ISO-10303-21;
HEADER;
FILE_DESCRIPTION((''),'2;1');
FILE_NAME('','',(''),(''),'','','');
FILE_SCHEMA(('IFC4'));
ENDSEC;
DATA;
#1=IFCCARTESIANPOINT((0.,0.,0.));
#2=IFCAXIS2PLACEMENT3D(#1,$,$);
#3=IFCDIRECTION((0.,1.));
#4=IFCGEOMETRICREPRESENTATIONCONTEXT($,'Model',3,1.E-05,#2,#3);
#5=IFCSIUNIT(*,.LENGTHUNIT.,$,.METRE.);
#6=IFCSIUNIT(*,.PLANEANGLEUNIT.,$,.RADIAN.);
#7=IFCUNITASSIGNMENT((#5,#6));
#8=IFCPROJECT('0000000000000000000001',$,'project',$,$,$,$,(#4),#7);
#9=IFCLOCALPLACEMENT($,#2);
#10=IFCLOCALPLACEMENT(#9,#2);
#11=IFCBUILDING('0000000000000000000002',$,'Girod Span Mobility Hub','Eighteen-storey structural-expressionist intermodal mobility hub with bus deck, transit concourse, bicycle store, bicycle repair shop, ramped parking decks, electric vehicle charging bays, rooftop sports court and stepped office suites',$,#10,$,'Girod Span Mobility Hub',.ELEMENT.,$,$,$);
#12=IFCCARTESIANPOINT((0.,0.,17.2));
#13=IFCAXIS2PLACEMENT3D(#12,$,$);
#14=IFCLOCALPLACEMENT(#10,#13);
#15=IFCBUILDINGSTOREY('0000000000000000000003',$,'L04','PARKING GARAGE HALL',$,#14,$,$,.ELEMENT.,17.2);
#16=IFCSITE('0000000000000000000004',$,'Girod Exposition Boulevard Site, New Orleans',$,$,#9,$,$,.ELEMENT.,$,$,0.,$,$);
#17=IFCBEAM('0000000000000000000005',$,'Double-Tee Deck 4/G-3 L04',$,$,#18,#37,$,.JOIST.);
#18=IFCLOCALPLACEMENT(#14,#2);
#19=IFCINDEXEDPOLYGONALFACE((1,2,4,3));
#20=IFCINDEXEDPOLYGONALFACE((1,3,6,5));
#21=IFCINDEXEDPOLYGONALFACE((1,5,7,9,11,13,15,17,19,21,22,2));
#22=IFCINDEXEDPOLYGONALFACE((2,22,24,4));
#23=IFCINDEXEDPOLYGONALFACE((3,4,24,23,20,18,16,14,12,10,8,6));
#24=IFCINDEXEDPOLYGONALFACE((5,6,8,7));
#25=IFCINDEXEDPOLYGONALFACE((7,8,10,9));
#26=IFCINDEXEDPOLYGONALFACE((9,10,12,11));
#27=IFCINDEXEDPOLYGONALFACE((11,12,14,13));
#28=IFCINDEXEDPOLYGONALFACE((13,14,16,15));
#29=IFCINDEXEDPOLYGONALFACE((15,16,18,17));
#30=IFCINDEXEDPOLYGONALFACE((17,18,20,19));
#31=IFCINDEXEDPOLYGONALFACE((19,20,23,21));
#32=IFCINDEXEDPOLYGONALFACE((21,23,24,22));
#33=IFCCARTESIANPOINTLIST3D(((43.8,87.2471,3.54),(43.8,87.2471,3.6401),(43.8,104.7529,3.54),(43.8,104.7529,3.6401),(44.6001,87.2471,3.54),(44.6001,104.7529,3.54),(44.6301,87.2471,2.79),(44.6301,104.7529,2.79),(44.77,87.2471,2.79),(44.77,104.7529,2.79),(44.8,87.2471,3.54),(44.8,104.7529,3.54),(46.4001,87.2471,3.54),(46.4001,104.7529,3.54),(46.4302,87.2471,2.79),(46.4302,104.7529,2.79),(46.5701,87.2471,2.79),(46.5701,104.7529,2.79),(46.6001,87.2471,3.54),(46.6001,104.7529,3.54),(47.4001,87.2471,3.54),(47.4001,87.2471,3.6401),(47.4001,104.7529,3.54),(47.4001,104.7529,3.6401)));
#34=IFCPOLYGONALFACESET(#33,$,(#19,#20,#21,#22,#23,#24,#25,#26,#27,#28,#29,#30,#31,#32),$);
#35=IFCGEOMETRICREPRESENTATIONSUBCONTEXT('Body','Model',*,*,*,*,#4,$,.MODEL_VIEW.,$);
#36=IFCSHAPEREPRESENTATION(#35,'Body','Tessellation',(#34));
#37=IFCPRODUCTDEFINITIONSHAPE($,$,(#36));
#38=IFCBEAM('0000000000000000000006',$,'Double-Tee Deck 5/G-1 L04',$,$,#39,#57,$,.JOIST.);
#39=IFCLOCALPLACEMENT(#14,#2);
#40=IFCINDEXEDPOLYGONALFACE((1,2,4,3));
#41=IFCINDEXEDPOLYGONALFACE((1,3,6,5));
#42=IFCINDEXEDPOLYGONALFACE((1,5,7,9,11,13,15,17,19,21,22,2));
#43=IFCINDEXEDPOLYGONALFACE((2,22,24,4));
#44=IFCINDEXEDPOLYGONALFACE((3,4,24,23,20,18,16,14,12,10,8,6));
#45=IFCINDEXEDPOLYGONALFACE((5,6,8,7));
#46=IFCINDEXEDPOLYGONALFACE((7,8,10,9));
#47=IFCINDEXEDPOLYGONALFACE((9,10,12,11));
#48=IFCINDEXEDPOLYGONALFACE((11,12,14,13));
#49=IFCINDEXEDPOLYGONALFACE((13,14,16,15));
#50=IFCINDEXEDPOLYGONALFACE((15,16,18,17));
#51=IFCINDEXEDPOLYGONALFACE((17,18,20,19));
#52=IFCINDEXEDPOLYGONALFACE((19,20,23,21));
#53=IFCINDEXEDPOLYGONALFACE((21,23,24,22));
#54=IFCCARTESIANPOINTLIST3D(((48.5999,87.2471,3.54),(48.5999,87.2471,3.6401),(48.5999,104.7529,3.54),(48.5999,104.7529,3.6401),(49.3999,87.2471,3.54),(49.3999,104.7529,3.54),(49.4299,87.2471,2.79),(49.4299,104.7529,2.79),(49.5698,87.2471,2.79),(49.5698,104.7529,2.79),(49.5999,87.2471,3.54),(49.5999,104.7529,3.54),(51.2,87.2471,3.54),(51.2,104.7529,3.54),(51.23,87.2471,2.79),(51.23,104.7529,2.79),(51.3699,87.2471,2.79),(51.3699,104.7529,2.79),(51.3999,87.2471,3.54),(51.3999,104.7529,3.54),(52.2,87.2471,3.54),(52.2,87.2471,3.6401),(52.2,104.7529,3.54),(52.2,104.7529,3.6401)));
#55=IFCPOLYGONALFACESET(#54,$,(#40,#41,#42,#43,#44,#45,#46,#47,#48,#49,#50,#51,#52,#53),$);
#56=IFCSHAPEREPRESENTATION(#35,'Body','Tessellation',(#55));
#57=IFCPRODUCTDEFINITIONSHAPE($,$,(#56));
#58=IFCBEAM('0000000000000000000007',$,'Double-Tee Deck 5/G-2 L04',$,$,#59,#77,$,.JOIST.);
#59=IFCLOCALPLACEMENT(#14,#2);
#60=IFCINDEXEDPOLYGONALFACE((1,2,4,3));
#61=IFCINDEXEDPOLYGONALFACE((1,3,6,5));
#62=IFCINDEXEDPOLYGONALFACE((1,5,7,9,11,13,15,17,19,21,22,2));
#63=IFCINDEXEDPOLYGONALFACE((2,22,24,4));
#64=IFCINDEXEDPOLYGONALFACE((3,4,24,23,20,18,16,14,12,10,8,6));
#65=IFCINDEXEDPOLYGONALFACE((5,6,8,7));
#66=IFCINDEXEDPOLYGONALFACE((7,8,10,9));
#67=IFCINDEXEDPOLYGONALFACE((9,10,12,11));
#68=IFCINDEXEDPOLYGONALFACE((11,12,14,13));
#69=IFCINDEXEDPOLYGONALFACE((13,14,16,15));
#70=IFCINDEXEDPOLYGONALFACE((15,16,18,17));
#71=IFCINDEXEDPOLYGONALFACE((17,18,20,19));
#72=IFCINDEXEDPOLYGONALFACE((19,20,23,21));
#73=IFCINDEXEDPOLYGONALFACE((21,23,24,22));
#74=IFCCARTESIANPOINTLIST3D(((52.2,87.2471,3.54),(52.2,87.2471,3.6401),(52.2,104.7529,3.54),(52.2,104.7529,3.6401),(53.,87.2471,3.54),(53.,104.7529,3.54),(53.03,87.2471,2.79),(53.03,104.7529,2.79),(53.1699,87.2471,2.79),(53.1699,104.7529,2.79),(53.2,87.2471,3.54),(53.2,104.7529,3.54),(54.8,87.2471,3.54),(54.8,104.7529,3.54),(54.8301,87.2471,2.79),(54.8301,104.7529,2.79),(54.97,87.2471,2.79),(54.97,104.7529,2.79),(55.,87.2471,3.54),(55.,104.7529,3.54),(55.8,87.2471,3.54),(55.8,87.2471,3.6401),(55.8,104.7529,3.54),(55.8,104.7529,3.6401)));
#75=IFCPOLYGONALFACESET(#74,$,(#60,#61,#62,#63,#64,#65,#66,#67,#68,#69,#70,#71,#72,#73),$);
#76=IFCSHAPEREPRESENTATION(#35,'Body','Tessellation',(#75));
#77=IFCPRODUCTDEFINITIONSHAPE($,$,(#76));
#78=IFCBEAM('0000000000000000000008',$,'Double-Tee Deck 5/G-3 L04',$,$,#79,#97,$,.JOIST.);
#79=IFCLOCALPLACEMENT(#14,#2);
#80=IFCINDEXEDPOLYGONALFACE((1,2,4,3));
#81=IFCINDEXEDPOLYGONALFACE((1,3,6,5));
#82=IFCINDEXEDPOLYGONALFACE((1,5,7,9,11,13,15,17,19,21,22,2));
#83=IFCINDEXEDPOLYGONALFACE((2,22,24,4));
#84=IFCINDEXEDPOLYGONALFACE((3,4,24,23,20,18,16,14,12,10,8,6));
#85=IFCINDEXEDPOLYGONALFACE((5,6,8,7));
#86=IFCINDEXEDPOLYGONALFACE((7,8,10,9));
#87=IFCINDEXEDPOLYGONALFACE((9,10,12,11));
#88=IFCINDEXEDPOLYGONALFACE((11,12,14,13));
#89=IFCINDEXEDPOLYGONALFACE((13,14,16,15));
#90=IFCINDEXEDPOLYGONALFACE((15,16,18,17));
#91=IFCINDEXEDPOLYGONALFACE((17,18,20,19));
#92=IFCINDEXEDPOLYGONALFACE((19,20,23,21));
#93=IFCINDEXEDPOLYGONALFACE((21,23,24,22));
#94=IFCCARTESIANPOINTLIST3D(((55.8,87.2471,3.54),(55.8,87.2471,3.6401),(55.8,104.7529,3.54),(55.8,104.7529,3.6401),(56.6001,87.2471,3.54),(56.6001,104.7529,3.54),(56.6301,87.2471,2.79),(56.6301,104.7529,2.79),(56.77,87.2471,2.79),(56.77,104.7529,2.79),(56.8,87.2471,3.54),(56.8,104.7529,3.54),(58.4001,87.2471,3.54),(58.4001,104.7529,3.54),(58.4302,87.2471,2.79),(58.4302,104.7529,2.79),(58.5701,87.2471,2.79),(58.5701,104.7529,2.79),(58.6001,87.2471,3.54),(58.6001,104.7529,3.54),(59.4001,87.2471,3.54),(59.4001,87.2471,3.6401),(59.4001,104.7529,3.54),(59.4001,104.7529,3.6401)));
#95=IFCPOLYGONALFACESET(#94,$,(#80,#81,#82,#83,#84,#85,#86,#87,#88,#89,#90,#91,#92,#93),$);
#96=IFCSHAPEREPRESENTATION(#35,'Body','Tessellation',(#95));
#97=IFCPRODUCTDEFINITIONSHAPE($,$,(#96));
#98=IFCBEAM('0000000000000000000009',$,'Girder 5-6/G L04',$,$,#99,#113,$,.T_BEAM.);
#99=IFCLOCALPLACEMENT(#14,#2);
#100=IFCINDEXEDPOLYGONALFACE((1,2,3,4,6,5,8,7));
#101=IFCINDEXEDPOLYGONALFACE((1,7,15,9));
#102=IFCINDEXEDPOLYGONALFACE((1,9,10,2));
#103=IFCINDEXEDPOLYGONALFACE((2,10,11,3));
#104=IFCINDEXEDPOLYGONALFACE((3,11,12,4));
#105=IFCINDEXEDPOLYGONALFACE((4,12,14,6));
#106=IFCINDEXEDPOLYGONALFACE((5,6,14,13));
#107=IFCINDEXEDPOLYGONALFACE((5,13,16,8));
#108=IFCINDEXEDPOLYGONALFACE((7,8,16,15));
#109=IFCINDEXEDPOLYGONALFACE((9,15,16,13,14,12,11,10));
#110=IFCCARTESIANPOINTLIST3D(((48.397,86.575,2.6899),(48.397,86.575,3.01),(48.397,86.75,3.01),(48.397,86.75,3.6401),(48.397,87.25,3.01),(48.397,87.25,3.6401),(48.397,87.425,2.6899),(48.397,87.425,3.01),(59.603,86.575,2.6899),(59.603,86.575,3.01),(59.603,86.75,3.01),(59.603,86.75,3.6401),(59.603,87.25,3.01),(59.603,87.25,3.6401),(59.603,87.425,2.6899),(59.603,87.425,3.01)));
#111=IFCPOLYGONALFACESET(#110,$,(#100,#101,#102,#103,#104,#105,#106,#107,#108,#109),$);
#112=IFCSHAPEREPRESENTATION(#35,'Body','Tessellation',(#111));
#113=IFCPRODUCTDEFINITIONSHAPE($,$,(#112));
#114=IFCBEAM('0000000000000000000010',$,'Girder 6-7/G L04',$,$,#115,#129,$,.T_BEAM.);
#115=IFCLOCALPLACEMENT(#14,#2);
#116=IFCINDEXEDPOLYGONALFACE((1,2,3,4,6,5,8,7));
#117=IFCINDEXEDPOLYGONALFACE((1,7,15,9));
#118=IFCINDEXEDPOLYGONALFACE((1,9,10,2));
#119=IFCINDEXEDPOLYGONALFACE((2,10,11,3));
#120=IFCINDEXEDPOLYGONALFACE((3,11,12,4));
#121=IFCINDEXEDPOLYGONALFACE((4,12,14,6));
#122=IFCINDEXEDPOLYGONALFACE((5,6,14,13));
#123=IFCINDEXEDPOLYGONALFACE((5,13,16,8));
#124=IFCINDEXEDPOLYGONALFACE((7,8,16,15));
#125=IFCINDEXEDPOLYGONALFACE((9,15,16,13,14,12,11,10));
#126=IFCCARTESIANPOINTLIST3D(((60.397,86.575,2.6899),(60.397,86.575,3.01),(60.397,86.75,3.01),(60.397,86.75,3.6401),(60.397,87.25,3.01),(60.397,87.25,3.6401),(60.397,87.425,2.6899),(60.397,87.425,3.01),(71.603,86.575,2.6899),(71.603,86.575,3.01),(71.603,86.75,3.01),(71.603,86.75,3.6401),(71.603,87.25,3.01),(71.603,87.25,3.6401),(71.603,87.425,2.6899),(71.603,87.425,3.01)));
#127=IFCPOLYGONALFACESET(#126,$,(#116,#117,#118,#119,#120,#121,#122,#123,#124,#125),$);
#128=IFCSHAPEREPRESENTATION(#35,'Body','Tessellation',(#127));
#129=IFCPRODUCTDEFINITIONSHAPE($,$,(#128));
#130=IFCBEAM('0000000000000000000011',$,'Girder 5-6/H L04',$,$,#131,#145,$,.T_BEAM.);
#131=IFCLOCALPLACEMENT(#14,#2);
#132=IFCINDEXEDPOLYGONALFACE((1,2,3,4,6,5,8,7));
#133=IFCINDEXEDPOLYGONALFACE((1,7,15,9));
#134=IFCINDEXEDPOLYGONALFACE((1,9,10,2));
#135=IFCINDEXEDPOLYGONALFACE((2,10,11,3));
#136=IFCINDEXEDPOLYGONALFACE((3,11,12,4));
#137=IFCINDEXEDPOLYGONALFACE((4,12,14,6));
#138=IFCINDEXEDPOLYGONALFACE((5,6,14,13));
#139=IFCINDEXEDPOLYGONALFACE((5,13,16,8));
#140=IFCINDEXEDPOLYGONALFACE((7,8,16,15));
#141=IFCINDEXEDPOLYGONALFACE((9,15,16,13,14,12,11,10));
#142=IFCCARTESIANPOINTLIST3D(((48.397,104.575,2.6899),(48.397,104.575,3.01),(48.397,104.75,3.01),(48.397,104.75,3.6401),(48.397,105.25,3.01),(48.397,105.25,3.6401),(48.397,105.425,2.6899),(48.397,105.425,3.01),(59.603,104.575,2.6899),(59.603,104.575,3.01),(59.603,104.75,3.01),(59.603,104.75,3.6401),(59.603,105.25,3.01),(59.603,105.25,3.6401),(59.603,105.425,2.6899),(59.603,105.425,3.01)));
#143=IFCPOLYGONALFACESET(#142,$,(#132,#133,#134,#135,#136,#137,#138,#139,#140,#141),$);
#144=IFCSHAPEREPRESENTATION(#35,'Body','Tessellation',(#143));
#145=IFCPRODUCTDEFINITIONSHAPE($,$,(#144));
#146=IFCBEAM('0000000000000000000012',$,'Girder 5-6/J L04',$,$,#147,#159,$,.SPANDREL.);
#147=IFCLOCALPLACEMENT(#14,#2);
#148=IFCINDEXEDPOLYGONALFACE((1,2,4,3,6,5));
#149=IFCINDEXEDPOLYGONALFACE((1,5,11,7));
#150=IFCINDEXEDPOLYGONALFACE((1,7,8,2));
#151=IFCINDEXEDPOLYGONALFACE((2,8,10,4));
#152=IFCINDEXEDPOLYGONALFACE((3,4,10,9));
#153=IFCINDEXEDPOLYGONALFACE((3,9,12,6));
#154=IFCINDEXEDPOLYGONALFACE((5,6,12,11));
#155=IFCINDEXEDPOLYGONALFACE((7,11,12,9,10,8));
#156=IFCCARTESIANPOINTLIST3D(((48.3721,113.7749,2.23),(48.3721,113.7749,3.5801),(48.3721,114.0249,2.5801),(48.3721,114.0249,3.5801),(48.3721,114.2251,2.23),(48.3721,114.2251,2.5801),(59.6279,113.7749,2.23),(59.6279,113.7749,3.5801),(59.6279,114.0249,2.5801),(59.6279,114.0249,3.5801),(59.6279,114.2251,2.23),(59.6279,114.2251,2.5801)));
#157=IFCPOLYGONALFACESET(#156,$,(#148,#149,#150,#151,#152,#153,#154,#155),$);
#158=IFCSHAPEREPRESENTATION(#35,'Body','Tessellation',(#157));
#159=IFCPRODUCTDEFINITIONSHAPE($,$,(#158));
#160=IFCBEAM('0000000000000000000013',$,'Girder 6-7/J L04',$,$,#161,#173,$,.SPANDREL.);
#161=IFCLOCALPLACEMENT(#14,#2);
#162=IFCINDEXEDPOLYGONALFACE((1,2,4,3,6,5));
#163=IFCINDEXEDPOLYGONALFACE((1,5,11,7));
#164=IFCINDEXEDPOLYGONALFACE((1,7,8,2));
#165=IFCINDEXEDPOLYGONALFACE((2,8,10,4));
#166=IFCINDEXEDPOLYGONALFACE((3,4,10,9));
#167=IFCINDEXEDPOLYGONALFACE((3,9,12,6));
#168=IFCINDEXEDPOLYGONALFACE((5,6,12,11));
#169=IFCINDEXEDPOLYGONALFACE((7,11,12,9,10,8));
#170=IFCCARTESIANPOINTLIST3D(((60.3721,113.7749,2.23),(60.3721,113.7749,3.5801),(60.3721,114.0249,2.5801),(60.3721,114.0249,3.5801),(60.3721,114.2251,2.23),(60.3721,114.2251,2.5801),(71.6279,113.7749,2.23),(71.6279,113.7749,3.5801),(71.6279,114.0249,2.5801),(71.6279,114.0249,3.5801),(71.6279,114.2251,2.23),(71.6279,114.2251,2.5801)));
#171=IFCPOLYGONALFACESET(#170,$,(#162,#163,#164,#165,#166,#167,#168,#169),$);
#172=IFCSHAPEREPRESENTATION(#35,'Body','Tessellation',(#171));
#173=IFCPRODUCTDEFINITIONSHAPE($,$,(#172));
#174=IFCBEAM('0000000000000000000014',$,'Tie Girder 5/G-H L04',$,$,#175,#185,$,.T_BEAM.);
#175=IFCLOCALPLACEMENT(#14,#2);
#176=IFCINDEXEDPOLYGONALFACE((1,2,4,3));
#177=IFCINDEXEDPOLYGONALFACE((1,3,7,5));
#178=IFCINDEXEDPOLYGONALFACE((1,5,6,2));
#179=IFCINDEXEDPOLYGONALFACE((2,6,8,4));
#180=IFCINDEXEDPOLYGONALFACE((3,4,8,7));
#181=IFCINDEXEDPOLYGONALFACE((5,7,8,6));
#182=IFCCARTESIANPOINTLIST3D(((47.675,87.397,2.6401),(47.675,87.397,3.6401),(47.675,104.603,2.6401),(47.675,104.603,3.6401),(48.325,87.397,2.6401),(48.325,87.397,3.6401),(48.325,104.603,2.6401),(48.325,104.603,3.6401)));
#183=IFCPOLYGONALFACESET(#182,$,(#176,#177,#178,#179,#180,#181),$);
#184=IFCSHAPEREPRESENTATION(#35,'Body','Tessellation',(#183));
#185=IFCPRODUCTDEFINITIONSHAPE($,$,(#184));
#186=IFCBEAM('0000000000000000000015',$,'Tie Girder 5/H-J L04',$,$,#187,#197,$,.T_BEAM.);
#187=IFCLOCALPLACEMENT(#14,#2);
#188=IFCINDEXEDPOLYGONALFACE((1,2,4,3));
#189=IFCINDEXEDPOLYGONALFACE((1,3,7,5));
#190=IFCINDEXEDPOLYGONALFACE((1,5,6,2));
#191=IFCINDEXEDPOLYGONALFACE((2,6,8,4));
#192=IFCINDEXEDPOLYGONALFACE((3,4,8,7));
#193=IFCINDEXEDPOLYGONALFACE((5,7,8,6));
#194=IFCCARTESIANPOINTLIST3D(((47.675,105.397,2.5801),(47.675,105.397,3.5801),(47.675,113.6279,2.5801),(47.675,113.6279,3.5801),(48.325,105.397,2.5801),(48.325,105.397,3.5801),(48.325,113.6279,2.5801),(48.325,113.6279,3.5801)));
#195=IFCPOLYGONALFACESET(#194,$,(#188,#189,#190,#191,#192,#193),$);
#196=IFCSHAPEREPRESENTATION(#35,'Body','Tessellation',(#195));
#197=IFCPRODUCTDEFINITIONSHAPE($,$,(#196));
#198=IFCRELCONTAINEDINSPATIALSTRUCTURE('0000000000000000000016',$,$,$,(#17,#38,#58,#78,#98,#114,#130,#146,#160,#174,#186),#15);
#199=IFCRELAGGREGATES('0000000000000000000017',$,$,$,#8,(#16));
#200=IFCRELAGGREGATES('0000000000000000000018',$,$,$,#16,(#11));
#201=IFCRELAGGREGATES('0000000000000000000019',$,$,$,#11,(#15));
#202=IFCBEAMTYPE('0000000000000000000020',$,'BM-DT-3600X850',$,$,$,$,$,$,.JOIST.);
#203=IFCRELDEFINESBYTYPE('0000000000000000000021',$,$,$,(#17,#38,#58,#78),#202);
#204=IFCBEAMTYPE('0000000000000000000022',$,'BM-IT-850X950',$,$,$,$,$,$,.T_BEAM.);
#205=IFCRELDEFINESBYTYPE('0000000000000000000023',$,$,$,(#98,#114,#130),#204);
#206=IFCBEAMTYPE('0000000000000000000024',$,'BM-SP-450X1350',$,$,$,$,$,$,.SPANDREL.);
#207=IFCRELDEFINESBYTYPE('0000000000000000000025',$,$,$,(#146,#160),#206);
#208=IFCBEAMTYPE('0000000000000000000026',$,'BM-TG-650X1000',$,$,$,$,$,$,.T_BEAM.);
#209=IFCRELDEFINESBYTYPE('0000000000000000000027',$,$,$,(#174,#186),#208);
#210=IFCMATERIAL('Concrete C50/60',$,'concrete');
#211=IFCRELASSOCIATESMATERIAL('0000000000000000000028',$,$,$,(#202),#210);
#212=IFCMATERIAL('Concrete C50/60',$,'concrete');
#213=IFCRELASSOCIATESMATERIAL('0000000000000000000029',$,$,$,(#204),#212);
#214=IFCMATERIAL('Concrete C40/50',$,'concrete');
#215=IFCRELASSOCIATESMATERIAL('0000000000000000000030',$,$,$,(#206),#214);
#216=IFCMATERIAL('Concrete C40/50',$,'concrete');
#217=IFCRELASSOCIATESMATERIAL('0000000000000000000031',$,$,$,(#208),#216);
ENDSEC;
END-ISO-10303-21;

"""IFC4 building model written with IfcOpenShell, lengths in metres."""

from ifc_helpers import new_model, si_unit, direction, frame, origin, origin_2d, place, context, subcontext, project, spatial, polyline, rectangle, outline, extrude, material, material_profile, profile_set, type_object, element, save


model = new_model("IFC4")

# Units and contexts
model_context = context("Model", 3, precision=1e-05, world=origin(), true_north=direction((0.0, 1.0)))
body_context = subcontext(model_context, "Body", "Model", "MODEL_VIEW")
ifc_project = project(units=[si_unit("LENGTHUNIT", "METRE"), si_unit("PLANEANGLEUNIT", "RADIAN")], contexts=[model_context])

# Site, building, storey
site_placement = place(None, origin())
site = spatial("IfcSite", under=ifc_project, at=site_placement, Name="Girod Exposition Boulevard Site, New Orleans", CompositionType="ELEMENT", RefElevation=0.0)
building_placement = place(site_placement, origin())
building = spatial("IfcBuilding", under=site, at=building_placement, Name="Girod Span Mobility Hub", Description="Eighteen-storey structural-expressionist intermodal mobility hub with bus deck, transit concourse, bicycle store, bicycle repair shop, ramped parking decks, electric vehicle charging bays, rooftop sports court and stepped office suites", LongName="Girod Span Mobility Hub", CompositionType="ELEMENT")
storey_placement = place(building_placement, frame((0.0, 0.0, 17.2)))
storey = spatial("IfcBuildingStorey", under=building, at=storey_placement, Name="L04", Description="PARKING GARAGE HALL", CompositionType="ELEMENT", Elevation=17.2)

# Beams
ifc_material_1 = material(Name="Concrete C50/60", Category="concrete")
ifc_material_profile_1 = material_profile(ifc_material_1, outline(polyline([(-1.8, 0.425), (-1.8, 0.325), (-1.0, 0.325), (-0.97, -0.425), (-0.8301, -0.425), (-0.8, 0.325), (0.8, 0.325), (0.8301, -0.425), (0.97, -0.425), (1.0, 0.325), (1.8, 0.325), (1.8, 0.425), (-1.8, 0.425)])), Name="DT-3600X850")
ifc_profile_set_1 = profile_set([ifc_material_profile_1], Name="Concrete C50/60")
beam_type_1 = type_object("IfcBeamType", Name="BM-DT-3600X850", PredefinedType="JOIST", material=ifc_profile_set_1)
for number, where, z_axis, x_axis, name in (
    (1, (45.6001, 87.2471, 3.2151), (0.0, 1.0, 0.0), (-1.0, 0.0, 0.0), "Double-Tee Deck 4/G-3 L04"),
    (2, (50.3999, 87.2471, 3.2151), (0.0, 1.0, 0.0), (-1.0, 0.0, 0.0), "Double-Tee Deck 5/G-1 L04"),
    (3, (54.0, 87.2471, 3.2151), (0.0, 1.0, 0.0), (-1.0, 0.0, 0.0), "Double-Tee Deck 5/G-2 L04"),
    (4, (57.6001, 87.2471, 3.2151), (0.0, 1.0, 0.0), (-1.0, 0.0, 0.0), "Double-Tee Deck 5/G-3 L04"),
):
    element("IfcBeam", number, at=place(storey_placement, frame(where, z_axis=z_axis, x_axis=x_axis)), inside=storey, type_object=beam_type_1, Name=name, PredefinedType="JOIST", context=body_context, shape_type="SweptSolid", body=[
        extrude(outline(polyline([(-1.8, 0.425), (-1.8, 0.325), (-1.0, 0.325), (-0.97, -0.425), (-0.8301, -0.425), (-0.8, 0.325), (0.8, 0.325), (0.8301, -0.425), (0.97, -0.425), (1.0, 0.325), (1.8, 0.325), (1.8, 0.425), (-1.8, 0.425)])), origin(), (0.0, 0.0, 1.0), 17.5059),
    ])
ifc_material_2 = material(Name="Concrete C50/60", Category="concrete")
ifc_material_profile_2 = material_profile(ifc_material_2, outline(polyline([(-0.425, -0.4751), (0.425, -0.4751), (0.425, -0.155), (0.25, -0.155), (0.25, 0.4751), (-0.25, 0.4751), (-0.25, -0.155), (-0.425, -0.155), (-0.425, -0.4751)])), Name="IT-850X950")
ifc_profile_set_2 = profile_set([ifc_material_profile_2], Name="Concrete C50/60")
beam_type_2 = type_object("IfcBeamType", Name="BM-IT-850X950", PredefinedType="T_BEAM", material=ifc_profile_set_2)
for number, where, z_axis, x_axis, name in (
    (5, (48.397, 87.0, 3.165), (1.0, 0.0, 0.0), (0.0, 1.0, 0.0), "Girder 5-6/G L04"),
    (6, (60.397, 87.0, 3.165), (1.0, 0.0, 0.0), (0.0, 1.0, 0.0), "Girder 6-7/G L04"),
    (7, (48.397, 105.0, 3.165), (1.0, 0.0, 0.0), (0.0, 1.0, 0.0), "Girder 5-6/H L04"),
):
    element("IfcBeam", number, at=place(storey_placement, frame(where, z_axis=z_axis, x_axis=x_axis)), inside=storey, type_object=beam_type_2, Name=name, PredefinedType="T_BEAM", context=body_context, shape_type="SweptSolid", body=[
        extrude(outline(polyline([(-0.425, -0.4751), (0.425, -0.4751), (0.425, -0.155), (0.25, -0.155), (0.25, 0.4751), (-0.25, 0.4751), (-0.25, -0.155), (-0.425, -0.155), (-0.425, -0.4751)])), origin(), (0.0, 0.0, 1.0), 11.2061),
    ])
ifc_material_3 = material(Name="Concrete C40/50", Category="concrete")
ifc_material_profile_3 = material_profile(ifc_material_3, outline(polyline([(-0.2251, -0.675), (0.2251, -0.675), (0.2251, -0.325), (0.0249, -0.325), (0.0249, 0.675), (-0.2251, 0.675), (-0.2251, -0.675)])), Name="SP-450X1350")
ifc_profile_set_3 = profile_set([ifc_material_profile_3], Name="Concrete C40/50")
beam_type_3 = type_object("IfcBeamType", Name="BM-SP-450X1350", PredefinedType="SPANDREL", material=ifc_profile_set_3)
for number, where, z_axis, x_axis, name in (
    (8, (48.3721, 114.0, 2.905), (1.0, 0.0, 0.0), (0.0, 1.0, 0.0), "Girder 5-6/J L04"),
    (9, (60.3721, 114.0, 2.905), (1.0, 0.0, 0.0), (0.0, 1.0, 0.0), "Girder 6-7/J L04"),
):
    element("IfcBeam", number, at=place(storey_placement, frame(where, z_axis=z_axis, x_axis=x_axis)), inside=storey, type_object=beam_type_3, Name=name, PredefinedType="SPANDREL", context=body_context, shape_type="SweptSolid", body=[
        extrude(outline(polyline([(-0.2251, -0.675), (0.2251, -0.675), (0.2251, -0.325), (0.0249, -0.325), (0.0249, 0.675), (-0.2251, 0.675), (-0.2251, -0.675)])), origin(), (0.0, 0.0, 1.0), 11.2559),
    ])
ifc_material_4 = material(Name="Concrete C40/50", Category="concrete")
ifc_material_profile_4 = material_profile(ifc_material_4, rectangle(XDim=0.6499, YDim=1.0, at=origin_2d()), Name="TG-650X1000")
ifc_profile_set_4 = profile_set([ifc_material_profile_4], Name="Concrete C40/50")
beam_type_4 = type_object("IfcBeamType", Name="BM-TG-650X1000", PredefinedType="T_BEAM", material=ifc_profile_set_4)
beam_1_placement = place(storey_placement, frame((48.0, 87.397, 3.1401), z_axis=(0.0, 1.0, 0.0), x_axis=(-1.0, 0.0, 0.0)))
element("IfcBeam", 10, at=beam_1_placement, inside=storey, type_object=beam_type_4, Name="Tie Girder 5/G-H L04", PredefinedType="T_BEAM", context=body_context, shape_type="SweptSolid", body=[
    extrude(rectangle(XDim=0.6499, YDim=1.0, at=origin_2d()), origin(), (0.0, 0.0, 1.0), 17.2061),
])
beam_2_placement = place(storey_placement, frame((48.0, 105.397, 3.0801), z_axis=(0.0, 1.0, 0.0), x_axis=(-1.0, 0.0, 0.0)))
element("IfcBeam", 11, at=beam_2_placement, inside=storey, type_object=beam_type_4, Name="Tie Girder 5/H-J L04", PredefinedType="T_BEAM", context=body_context, shape_type="SweptSolid", body=[
    extrude(rectangle(XDim=0.6499, YDim=1.0, at=origin_2d()), origin(), (0.0, 0.0, 1.0), 8.231),
])

save(model, "model.ifc")
